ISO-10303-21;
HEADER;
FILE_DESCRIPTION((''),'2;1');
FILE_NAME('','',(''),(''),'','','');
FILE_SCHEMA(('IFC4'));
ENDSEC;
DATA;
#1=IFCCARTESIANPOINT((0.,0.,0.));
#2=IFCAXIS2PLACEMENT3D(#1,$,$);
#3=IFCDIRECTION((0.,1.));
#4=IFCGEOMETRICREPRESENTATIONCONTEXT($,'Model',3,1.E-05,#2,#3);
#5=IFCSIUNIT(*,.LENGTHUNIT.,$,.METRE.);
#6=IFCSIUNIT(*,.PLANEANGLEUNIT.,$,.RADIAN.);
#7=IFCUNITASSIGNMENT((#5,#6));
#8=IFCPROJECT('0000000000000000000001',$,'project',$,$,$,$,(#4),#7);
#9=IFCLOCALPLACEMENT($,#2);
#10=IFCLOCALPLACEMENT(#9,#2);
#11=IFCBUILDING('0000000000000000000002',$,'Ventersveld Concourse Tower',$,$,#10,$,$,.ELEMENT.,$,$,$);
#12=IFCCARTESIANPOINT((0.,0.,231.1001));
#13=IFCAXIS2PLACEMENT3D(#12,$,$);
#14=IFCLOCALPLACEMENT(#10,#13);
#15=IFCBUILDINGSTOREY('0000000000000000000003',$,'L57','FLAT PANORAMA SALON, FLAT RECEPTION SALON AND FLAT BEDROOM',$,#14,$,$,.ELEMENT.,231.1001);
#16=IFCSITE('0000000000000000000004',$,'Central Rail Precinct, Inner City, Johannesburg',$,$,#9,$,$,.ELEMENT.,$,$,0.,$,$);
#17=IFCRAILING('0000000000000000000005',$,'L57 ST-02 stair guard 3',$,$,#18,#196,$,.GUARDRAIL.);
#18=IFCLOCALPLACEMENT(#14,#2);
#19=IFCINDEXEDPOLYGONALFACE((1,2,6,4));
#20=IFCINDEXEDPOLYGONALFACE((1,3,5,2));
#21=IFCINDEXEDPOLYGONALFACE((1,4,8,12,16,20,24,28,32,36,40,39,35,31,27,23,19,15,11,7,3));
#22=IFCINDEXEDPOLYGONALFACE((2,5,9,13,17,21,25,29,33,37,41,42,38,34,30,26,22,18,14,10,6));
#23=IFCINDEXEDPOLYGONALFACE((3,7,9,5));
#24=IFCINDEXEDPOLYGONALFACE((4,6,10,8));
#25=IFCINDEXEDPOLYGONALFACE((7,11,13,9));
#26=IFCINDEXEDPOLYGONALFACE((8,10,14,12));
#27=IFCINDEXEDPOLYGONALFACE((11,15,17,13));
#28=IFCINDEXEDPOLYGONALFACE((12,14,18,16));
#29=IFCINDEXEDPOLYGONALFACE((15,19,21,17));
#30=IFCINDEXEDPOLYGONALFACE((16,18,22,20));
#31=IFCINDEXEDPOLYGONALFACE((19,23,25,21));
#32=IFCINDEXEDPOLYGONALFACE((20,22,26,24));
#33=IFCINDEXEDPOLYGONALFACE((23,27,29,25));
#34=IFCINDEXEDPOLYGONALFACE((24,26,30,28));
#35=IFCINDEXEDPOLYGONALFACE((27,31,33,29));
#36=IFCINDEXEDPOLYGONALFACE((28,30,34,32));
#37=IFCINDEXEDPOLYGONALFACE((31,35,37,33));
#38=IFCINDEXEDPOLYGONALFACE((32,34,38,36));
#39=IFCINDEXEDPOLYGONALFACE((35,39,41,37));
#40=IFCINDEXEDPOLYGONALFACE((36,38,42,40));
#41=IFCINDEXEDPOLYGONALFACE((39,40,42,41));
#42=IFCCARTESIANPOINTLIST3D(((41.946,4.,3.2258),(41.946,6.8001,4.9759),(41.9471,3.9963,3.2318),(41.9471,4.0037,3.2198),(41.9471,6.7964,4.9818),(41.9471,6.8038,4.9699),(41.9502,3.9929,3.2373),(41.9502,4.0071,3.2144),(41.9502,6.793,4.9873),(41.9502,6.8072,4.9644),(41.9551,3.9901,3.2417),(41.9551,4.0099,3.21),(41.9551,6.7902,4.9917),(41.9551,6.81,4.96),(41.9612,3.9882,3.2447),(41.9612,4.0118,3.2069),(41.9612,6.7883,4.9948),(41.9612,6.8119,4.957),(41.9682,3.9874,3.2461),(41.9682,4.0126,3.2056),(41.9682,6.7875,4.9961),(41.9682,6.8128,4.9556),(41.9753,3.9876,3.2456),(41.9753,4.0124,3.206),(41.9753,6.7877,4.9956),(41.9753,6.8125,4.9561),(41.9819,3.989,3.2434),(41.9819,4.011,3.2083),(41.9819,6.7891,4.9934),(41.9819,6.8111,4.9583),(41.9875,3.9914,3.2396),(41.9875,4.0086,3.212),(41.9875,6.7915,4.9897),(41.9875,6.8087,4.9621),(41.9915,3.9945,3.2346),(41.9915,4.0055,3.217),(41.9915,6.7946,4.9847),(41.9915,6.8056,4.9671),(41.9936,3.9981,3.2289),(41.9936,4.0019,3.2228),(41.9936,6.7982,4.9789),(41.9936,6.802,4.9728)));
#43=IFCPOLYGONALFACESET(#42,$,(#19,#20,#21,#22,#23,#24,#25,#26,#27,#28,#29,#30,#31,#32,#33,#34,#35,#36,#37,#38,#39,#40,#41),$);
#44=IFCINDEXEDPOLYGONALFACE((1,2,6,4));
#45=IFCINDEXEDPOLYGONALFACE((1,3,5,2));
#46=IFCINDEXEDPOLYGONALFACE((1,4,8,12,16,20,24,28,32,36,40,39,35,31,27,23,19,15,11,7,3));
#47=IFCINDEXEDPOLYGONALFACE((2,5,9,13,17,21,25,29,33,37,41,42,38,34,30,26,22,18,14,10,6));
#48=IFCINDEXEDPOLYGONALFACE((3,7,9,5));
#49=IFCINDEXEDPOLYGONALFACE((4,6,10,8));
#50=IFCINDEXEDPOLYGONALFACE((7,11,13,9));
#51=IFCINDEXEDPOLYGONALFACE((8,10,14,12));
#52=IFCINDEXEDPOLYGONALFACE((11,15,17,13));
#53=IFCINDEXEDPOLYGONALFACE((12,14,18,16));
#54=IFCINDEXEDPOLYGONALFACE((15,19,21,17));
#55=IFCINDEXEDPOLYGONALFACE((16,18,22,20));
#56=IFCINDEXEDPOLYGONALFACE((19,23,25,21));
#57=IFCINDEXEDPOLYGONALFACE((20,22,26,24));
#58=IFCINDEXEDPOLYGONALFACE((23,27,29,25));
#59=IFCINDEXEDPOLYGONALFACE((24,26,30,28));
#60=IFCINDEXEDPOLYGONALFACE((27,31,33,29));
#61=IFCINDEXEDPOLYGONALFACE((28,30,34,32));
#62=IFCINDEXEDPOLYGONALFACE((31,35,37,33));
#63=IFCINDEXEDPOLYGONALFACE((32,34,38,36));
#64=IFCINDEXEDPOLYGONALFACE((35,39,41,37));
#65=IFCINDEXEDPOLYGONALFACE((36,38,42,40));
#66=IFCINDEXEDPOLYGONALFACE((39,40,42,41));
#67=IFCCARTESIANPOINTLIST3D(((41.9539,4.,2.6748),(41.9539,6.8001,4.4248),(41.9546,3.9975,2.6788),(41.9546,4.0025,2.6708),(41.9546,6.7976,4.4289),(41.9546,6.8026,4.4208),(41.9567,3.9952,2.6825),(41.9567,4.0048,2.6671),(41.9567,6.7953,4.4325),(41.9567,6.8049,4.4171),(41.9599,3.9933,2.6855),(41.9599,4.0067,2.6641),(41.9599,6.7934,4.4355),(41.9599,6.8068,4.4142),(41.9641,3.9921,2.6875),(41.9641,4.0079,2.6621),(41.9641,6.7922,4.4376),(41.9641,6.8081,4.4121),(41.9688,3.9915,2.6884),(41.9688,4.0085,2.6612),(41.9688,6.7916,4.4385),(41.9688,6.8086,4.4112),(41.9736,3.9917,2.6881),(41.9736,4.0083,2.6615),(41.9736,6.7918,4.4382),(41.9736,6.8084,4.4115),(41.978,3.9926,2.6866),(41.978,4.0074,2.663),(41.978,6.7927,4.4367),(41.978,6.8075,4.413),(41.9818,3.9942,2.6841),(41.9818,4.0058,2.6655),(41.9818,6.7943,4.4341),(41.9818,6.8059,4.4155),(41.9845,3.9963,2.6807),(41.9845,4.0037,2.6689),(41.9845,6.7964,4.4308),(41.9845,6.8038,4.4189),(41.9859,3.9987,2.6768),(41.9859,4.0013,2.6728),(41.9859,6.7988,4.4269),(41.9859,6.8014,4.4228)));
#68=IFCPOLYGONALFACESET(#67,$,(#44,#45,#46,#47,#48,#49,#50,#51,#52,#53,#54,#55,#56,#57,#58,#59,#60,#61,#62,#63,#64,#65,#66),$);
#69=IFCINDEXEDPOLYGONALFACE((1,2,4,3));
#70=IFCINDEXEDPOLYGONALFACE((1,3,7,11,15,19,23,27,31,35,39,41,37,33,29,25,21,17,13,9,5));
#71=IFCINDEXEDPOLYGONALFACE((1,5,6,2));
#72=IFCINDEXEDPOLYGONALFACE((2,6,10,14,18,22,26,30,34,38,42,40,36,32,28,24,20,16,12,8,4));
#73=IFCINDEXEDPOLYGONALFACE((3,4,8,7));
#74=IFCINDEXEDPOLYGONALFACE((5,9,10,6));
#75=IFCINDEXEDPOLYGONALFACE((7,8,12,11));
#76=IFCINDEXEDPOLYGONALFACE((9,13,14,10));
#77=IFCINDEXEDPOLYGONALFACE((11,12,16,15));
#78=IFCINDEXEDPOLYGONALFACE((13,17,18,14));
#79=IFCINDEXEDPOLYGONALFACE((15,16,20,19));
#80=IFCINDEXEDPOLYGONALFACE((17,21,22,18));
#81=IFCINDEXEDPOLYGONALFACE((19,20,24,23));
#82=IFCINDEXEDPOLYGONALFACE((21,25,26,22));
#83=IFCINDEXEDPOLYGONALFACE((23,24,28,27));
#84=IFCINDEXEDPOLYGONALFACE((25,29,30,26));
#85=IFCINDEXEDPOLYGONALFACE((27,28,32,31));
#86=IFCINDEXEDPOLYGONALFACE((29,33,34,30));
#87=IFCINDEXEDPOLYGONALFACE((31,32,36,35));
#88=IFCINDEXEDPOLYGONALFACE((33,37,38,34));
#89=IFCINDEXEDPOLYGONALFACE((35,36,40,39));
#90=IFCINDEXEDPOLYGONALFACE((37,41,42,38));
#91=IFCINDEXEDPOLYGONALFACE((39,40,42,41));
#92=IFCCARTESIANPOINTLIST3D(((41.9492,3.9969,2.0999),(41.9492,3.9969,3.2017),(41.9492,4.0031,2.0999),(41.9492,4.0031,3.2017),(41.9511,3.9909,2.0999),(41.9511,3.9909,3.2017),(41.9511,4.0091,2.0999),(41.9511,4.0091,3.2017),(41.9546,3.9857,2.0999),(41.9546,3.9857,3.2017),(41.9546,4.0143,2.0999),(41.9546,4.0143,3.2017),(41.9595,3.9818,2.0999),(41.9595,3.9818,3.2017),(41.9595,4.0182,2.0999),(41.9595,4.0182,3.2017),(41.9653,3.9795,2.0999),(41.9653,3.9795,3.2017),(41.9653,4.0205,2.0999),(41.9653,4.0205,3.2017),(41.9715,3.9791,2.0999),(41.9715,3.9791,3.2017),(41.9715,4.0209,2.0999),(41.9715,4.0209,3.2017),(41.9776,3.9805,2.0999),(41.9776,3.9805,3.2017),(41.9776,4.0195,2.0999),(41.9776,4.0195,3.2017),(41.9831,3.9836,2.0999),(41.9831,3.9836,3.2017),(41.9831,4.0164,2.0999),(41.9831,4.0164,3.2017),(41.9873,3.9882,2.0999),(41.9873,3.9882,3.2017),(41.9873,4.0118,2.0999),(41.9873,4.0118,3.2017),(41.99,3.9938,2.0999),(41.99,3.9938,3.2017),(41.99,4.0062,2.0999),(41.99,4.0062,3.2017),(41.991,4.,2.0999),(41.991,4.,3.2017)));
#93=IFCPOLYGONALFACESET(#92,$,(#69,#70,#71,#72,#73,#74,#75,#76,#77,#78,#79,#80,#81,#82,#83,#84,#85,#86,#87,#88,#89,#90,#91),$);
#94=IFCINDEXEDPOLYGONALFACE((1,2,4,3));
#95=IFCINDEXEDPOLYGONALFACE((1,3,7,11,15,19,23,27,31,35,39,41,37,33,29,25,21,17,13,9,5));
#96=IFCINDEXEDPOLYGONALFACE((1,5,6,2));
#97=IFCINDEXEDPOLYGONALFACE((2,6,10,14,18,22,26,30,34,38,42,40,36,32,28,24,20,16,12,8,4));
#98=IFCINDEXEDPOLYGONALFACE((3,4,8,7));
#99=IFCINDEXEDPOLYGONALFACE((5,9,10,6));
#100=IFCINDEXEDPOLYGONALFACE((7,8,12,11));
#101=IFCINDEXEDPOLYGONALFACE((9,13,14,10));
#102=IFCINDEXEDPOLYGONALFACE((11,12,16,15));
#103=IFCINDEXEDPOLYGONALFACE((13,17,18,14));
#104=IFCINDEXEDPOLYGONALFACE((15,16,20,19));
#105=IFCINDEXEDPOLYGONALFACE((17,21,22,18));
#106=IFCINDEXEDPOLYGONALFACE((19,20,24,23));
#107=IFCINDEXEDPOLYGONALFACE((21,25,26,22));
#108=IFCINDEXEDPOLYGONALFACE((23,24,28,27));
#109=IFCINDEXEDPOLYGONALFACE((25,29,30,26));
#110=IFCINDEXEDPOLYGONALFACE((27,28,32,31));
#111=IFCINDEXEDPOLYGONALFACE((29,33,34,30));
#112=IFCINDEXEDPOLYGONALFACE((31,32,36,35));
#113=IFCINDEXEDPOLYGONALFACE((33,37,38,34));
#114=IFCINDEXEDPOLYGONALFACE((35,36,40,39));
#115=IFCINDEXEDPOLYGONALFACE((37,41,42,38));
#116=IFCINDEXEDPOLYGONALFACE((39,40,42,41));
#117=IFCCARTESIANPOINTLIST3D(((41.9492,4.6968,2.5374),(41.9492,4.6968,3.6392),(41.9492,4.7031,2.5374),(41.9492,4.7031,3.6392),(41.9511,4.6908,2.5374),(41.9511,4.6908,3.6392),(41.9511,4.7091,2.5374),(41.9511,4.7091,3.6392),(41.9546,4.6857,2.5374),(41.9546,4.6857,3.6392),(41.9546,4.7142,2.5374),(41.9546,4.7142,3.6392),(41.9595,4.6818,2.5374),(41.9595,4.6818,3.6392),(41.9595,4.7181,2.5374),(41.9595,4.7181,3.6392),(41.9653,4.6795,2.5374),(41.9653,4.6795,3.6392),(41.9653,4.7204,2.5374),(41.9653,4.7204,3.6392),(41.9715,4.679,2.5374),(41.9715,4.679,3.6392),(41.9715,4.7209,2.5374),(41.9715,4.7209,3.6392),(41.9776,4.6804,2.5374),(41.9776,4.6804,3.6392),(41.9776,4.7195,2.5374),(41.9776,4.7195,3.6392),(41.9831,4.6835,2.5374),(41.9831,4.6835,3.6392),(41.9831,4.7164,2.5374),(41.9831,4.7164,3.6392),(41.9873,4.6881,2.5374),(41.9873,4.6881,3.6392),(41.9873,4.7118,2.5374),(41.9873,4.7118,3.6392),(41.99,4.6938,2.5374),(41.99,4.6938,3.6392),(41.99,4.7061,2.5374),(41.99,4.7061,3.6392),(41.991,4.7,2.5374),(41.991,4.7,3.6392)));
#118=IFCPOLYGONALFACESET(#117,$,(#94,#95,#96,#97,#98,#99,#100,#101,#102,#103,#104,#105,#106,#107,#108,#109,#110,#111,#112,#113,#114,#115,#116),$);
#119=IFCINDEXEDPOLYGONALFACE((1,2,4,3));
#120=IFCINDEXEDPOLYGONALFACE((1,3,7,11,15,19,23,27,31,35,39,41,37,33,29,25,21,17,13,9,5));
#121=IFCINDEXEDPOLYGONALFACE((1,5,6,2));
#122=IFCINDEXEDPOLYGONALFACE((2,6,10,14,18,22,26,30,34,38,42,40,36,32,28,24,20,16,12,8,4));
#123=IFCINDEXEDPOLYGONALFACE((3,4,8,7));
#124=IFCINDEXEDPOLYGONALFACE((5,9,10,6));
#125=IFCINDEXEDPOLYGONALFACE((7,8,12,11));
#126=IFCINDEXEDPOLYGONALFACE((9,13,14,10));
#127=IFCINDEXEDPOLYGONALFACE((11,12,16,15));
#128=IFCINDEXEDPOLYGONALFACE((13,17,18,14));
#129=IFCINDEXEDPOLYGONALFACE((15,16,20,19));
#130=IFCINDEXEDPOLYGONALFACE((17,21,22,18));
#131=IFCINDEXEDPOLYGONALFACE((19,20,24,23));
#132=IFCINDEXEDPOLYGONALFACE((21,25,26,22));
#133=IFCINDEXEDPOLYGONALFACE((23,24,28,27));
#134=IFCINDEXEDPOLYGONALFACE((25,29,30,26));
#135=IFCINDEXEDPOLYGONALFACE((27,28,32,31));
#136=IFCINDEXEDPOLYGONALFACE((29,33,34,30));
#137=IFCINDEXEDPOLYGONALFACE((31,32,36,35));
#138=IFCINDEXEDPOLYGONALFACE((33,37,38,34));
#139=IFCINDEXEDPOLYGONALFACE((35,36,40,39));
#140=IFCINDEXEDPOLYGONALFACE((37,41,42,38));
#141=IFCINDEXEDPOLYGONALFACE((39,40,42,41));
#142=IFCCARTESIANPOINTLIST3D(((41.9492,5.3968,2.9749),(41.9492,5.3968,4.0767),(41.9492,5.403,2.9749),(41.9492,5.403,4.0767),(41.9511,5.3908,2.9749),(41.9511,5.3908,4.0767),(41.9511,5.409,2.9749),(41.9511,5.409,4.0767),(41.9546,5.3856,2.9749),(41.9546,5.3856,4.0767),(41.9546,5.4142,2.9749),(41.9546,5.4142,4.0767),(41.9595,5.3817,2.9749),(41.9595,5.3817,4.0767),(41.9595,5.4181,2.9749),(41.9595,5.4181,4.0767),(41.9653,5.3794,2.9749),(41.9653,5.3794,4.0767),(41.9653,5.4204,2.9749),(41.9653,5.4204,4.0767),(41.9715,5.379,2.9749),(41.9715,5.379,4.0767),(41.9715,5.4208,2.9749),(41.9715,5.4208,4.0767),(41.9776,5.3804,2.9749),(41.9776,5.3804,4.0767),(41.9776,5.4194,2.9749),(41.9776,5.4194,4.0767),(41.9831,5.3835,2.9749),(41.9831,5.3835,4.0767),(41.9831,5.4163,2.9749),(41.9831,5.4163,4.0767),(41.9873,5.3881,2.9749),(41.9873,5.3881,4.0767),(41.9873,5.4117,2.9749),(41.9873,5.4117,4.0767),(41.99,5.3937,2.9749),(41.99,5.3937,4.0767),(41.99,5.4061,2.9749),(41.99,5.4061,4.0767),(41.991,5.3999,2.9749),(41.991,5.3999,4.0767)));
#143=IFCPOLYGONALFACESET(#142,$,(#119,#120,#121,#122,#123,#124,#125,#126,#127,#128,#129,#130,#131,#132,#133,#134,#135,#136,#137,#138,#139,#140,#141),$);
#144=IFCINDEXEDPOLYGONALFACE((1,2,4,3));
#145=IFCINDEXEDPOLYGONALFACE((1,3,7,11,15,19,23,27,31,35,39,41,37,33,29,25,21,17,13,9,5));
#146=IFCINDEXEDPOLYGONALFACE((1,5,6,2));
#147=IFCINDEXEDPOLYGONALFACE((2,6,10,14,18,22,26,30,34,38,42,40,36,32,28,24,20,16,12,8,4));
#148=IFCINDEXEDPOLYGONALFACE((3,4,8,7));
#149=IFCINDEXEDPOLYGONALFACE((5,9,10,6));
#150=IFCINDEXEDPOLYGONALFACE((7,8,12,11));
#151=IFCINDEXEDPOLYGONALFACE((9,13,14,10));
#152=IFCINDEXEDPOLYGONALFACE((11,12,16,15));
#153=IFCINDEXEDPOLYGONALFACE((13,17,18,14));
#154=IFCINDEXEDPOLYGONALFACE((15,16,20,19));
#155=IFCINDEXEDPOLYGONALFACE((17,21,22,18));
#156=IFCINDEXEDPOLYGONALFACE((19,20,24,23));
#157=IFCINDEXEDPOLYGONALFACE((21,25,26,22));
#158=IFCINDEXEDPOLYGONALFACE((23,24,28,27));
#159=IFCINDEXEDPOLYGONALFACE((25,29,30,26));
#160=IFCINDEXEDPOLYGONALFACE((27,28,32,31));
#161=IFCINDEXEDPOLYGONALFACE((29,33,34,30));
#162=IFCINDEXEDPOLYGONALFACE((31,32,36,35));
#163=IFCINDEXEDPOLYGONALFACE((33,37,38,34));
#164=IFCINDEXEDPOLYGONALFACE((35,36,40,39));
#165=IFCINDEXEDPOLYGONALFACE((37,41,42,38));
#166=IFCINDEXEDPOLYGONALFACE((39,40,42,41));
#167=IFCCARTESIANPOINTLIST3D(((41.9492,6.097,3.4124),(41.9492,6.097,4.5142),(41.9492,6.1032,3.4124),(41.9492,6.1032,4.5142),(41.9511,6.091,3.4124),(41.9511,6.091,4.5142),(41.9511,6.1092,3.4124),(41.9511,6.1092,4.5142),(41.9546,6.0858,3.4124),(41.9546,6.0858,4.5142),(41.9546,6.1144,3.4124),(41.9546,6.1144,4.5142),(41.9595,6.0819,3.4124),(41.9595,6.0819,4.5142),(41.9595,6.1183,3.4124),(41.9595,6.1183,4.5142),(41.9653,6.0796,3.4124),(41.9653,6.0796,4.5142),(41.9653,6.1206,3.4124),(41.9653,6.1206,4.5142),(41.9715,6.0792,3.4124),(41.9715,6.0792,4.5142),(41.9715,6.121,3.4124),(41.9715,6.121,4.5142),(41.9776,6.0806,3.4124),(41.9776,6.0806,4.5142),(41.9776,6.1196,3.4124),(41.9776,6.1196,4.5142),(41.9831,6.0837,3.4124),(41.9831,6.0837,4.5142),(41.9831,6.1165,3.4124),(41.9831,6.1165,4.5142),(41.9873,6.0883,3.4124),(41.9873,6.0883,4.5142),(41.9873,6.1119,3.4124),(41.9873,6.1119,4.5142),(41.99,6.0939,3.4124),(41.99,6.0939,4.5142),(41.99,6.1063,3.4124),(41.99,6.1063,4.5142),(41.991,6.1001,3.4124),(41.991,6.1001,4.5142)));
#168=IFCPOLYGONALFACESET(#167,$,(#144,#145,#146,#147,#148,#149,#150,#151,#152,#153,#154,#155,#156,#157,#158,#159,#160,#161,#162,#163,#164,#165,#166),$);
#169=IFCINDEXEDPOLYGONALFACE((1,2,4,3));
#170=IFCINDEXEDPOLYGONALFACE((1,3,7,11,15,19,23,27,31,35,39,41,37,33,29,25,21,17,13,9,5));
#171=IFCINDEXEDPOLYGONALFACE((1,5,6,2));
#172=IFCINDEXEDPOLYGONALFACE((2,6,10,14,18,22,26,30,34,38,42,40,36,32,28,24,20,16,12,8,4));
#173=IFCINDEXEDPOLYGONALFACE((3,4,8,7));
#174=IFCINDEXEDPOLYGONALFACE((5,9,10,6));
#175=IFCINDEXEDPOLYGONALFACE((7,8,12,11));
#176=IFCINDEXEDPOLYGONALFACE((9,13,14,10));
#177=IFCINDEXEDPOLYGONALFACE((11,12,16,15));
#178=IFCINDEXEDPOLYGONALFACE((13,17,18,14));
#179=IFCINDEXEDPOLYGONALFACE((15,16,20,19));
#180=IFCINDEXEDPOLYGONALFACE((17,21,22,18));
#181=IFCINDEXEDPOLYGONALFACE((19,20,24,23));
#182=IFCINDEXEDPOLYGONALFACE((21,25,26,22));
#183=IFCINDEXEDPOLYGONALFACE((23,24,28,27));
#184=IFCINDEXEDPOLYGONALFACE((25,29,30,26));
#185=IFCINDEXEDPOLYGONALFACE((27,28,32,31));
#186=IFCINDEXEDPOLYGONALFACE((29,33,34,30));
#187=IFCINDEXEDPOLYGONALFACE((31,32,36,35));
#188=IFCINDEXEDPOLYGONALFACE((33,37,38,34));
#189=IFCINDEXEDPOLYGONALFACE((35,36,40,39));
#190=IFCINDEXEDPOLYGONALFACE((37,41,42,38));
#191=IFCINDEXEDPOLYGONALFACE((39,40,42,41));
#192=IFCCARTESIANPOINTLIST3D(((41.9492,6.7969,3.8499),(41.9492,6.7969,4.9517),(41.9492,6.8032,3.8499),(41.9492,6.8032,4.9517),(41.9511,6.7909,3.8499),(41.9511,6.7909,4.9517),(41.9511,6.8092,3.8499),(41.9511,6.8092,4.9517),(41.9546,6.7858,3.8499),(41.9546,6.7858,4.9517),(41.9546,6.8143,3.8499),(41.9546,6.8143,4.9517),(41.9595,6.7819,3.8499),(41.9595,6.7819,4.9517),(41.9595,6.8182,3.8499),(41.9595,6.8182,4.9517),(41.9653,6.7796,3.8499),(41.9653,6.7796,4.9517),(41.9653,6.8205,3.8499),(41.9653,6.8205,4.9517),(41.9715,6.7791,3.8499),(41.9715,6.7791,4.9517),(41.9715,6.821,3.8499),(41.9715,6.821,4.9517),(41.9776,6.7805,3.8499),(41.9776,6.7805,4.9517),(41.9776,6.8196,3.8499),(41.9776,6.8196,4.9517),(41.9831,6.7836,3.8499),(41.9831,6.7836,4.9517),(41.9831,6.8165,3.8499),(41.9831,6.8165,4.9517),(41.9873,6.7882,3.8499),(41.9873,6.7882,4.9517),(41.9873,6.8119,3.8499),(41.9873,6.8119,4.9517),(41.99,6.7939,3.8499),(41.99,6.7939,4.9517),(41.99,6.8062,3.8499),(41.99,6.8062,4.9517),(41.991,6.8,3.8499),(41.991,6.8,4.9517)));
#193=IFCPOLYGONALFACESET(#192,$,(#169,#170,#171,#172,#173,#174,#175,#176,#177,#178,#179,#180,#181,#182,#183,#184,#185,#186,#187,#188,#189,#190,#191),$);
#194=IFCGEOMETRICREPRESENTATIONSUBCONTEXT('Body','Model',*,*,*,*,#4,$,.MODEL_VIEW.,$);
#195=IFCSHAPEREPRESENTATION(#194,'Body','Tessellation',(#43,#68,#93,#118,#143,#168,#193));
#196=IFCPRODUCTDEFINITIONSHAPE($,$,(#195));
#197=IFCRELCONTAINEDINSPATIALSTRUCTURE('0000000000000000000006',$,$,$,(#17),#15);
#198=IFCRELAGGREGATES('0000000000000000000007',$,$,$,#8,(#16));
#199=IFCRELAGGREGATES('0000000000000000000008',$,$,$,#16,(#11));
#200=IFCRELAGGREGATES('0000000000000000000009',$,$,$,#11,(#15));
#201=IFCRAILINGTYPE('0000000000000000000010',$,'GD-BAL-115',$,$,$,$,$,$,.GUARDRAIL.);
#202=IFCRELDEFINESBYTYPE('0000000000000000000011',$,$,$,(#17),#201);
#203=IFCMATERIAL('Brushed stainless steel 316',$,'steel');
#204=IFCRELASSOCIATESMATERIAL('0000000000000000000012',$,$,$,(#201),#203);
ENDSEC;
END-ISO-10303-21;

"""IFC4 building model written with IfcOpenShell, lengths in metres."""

from ifc_helpers import new_model, si_unit, direction, frame, origin, origin_2d, place, context, subcontext, project, spatial, circle, extrude, material, type_object, element, save


model = new_model("IFC4")

# Units and contexts
model_context = context("Model", 3, precision=1e-05, world=origin(), true_north=direction((0.0, 1.0)))
body_context = subcontext(model_context, "Body", "Model", "MODEL_VIEW")
ifc_project = project(units=[si_unit("LENGTHUNIT", "METRE"), si_unit("PLANEANGLEUNIT", "RADIAN")], contexts=[model_context])

# Site, building, storey
site_placement = place(None, origin())
site = spatial("IfcSite", under=ifc_project, at=site_placement, Name="Central Rail Precinct, Inner City, Johannesburg", CompositionType="ELEMENT", RefElevation=0.0)
building_placement = place(site_placement, origin())
building = spatial("IfcBuilding", under=site, at=building_placement, Name="Ventersveld Concourse Tower", CompositionType="ELEMENT")
storey_placement = place(building_placement, frame((0.0, 0.0, 231.1001)))
storey = spatial("IfcBuildingStorey", under=building, at=storey_placement, Name="L57", Description="FLAT PANORAMA SALON, FLAT RECEPTION SALON AND FLAT BEDROOM", CompositionType="ELEMENT", Elevation=231.1001)

# Railing
ifc_material_1 = material(Name="Brushed stainless steel 316", Category="steel")
railing_type_1 = type_object("IfcRailingType", Name="GD-BAL-115", PredefinedType="GUARDRAIL", material=ifc_material_1)
railing_1_placement = place(storey_placement, frame((41.97, 4.0, 2.0999)))
element("IfcRailing", 1, at=railing_1_placement, inside=storey, type_object=railing_type_1, Name="L57 ST-02 stair guard 3", PredefinedType="GUARDRAIL", context=body_context, shape_type="SweptSolid", body=[
    extrude(circle(Radius=0.0239, at=origin_2d()), frame((0.0, 0.0, 1.126), z_axis=(0.0, 0.848002, 0.529992), x_axis=(-1.0, 0.0, 0.0)), (0.0, 0.0, 1.0), 3.302),
    extrude(circle(Radius=0.0161, at=origin_2d()), frame((0.0, 0.0, 0.575), z_axis=(0.0, 0.848002, 0.529992), x_axis=(-1.0, 0.0, 0.0)), (0.0, 0.0, 1.0), 3.302),
    extrude(circle(Radius=0.021, at=origin_2d()), origin(), (0.0, 0.0, 1.0), 1.1018),
    extrude(circle(Radius=0.021, at=origin_2d()), frame((0.0, 0.7, 0.4375)), (0.0, 0.0, 1.0), 1.1018),
    extrude(circle(Radius=0.021, at=origin_2d()), frame((0.0, 1.3999, 0.875)), (0.0, 0.0, 1.0), 1.1018),
    extrude(circle(Radius=0.021, at=origin_2d()), frame((0.0, 2.1001, 1.3125)), (0.0, 0.0, 1.0), 1.1018),
    extrude(circle(Radius=0.021, at=origin_2d()), frame((0.0, 2.8, 1.75)), (0.0, 0.0, 1.0), 1.1018),
])

save(model, "model.ifc")
